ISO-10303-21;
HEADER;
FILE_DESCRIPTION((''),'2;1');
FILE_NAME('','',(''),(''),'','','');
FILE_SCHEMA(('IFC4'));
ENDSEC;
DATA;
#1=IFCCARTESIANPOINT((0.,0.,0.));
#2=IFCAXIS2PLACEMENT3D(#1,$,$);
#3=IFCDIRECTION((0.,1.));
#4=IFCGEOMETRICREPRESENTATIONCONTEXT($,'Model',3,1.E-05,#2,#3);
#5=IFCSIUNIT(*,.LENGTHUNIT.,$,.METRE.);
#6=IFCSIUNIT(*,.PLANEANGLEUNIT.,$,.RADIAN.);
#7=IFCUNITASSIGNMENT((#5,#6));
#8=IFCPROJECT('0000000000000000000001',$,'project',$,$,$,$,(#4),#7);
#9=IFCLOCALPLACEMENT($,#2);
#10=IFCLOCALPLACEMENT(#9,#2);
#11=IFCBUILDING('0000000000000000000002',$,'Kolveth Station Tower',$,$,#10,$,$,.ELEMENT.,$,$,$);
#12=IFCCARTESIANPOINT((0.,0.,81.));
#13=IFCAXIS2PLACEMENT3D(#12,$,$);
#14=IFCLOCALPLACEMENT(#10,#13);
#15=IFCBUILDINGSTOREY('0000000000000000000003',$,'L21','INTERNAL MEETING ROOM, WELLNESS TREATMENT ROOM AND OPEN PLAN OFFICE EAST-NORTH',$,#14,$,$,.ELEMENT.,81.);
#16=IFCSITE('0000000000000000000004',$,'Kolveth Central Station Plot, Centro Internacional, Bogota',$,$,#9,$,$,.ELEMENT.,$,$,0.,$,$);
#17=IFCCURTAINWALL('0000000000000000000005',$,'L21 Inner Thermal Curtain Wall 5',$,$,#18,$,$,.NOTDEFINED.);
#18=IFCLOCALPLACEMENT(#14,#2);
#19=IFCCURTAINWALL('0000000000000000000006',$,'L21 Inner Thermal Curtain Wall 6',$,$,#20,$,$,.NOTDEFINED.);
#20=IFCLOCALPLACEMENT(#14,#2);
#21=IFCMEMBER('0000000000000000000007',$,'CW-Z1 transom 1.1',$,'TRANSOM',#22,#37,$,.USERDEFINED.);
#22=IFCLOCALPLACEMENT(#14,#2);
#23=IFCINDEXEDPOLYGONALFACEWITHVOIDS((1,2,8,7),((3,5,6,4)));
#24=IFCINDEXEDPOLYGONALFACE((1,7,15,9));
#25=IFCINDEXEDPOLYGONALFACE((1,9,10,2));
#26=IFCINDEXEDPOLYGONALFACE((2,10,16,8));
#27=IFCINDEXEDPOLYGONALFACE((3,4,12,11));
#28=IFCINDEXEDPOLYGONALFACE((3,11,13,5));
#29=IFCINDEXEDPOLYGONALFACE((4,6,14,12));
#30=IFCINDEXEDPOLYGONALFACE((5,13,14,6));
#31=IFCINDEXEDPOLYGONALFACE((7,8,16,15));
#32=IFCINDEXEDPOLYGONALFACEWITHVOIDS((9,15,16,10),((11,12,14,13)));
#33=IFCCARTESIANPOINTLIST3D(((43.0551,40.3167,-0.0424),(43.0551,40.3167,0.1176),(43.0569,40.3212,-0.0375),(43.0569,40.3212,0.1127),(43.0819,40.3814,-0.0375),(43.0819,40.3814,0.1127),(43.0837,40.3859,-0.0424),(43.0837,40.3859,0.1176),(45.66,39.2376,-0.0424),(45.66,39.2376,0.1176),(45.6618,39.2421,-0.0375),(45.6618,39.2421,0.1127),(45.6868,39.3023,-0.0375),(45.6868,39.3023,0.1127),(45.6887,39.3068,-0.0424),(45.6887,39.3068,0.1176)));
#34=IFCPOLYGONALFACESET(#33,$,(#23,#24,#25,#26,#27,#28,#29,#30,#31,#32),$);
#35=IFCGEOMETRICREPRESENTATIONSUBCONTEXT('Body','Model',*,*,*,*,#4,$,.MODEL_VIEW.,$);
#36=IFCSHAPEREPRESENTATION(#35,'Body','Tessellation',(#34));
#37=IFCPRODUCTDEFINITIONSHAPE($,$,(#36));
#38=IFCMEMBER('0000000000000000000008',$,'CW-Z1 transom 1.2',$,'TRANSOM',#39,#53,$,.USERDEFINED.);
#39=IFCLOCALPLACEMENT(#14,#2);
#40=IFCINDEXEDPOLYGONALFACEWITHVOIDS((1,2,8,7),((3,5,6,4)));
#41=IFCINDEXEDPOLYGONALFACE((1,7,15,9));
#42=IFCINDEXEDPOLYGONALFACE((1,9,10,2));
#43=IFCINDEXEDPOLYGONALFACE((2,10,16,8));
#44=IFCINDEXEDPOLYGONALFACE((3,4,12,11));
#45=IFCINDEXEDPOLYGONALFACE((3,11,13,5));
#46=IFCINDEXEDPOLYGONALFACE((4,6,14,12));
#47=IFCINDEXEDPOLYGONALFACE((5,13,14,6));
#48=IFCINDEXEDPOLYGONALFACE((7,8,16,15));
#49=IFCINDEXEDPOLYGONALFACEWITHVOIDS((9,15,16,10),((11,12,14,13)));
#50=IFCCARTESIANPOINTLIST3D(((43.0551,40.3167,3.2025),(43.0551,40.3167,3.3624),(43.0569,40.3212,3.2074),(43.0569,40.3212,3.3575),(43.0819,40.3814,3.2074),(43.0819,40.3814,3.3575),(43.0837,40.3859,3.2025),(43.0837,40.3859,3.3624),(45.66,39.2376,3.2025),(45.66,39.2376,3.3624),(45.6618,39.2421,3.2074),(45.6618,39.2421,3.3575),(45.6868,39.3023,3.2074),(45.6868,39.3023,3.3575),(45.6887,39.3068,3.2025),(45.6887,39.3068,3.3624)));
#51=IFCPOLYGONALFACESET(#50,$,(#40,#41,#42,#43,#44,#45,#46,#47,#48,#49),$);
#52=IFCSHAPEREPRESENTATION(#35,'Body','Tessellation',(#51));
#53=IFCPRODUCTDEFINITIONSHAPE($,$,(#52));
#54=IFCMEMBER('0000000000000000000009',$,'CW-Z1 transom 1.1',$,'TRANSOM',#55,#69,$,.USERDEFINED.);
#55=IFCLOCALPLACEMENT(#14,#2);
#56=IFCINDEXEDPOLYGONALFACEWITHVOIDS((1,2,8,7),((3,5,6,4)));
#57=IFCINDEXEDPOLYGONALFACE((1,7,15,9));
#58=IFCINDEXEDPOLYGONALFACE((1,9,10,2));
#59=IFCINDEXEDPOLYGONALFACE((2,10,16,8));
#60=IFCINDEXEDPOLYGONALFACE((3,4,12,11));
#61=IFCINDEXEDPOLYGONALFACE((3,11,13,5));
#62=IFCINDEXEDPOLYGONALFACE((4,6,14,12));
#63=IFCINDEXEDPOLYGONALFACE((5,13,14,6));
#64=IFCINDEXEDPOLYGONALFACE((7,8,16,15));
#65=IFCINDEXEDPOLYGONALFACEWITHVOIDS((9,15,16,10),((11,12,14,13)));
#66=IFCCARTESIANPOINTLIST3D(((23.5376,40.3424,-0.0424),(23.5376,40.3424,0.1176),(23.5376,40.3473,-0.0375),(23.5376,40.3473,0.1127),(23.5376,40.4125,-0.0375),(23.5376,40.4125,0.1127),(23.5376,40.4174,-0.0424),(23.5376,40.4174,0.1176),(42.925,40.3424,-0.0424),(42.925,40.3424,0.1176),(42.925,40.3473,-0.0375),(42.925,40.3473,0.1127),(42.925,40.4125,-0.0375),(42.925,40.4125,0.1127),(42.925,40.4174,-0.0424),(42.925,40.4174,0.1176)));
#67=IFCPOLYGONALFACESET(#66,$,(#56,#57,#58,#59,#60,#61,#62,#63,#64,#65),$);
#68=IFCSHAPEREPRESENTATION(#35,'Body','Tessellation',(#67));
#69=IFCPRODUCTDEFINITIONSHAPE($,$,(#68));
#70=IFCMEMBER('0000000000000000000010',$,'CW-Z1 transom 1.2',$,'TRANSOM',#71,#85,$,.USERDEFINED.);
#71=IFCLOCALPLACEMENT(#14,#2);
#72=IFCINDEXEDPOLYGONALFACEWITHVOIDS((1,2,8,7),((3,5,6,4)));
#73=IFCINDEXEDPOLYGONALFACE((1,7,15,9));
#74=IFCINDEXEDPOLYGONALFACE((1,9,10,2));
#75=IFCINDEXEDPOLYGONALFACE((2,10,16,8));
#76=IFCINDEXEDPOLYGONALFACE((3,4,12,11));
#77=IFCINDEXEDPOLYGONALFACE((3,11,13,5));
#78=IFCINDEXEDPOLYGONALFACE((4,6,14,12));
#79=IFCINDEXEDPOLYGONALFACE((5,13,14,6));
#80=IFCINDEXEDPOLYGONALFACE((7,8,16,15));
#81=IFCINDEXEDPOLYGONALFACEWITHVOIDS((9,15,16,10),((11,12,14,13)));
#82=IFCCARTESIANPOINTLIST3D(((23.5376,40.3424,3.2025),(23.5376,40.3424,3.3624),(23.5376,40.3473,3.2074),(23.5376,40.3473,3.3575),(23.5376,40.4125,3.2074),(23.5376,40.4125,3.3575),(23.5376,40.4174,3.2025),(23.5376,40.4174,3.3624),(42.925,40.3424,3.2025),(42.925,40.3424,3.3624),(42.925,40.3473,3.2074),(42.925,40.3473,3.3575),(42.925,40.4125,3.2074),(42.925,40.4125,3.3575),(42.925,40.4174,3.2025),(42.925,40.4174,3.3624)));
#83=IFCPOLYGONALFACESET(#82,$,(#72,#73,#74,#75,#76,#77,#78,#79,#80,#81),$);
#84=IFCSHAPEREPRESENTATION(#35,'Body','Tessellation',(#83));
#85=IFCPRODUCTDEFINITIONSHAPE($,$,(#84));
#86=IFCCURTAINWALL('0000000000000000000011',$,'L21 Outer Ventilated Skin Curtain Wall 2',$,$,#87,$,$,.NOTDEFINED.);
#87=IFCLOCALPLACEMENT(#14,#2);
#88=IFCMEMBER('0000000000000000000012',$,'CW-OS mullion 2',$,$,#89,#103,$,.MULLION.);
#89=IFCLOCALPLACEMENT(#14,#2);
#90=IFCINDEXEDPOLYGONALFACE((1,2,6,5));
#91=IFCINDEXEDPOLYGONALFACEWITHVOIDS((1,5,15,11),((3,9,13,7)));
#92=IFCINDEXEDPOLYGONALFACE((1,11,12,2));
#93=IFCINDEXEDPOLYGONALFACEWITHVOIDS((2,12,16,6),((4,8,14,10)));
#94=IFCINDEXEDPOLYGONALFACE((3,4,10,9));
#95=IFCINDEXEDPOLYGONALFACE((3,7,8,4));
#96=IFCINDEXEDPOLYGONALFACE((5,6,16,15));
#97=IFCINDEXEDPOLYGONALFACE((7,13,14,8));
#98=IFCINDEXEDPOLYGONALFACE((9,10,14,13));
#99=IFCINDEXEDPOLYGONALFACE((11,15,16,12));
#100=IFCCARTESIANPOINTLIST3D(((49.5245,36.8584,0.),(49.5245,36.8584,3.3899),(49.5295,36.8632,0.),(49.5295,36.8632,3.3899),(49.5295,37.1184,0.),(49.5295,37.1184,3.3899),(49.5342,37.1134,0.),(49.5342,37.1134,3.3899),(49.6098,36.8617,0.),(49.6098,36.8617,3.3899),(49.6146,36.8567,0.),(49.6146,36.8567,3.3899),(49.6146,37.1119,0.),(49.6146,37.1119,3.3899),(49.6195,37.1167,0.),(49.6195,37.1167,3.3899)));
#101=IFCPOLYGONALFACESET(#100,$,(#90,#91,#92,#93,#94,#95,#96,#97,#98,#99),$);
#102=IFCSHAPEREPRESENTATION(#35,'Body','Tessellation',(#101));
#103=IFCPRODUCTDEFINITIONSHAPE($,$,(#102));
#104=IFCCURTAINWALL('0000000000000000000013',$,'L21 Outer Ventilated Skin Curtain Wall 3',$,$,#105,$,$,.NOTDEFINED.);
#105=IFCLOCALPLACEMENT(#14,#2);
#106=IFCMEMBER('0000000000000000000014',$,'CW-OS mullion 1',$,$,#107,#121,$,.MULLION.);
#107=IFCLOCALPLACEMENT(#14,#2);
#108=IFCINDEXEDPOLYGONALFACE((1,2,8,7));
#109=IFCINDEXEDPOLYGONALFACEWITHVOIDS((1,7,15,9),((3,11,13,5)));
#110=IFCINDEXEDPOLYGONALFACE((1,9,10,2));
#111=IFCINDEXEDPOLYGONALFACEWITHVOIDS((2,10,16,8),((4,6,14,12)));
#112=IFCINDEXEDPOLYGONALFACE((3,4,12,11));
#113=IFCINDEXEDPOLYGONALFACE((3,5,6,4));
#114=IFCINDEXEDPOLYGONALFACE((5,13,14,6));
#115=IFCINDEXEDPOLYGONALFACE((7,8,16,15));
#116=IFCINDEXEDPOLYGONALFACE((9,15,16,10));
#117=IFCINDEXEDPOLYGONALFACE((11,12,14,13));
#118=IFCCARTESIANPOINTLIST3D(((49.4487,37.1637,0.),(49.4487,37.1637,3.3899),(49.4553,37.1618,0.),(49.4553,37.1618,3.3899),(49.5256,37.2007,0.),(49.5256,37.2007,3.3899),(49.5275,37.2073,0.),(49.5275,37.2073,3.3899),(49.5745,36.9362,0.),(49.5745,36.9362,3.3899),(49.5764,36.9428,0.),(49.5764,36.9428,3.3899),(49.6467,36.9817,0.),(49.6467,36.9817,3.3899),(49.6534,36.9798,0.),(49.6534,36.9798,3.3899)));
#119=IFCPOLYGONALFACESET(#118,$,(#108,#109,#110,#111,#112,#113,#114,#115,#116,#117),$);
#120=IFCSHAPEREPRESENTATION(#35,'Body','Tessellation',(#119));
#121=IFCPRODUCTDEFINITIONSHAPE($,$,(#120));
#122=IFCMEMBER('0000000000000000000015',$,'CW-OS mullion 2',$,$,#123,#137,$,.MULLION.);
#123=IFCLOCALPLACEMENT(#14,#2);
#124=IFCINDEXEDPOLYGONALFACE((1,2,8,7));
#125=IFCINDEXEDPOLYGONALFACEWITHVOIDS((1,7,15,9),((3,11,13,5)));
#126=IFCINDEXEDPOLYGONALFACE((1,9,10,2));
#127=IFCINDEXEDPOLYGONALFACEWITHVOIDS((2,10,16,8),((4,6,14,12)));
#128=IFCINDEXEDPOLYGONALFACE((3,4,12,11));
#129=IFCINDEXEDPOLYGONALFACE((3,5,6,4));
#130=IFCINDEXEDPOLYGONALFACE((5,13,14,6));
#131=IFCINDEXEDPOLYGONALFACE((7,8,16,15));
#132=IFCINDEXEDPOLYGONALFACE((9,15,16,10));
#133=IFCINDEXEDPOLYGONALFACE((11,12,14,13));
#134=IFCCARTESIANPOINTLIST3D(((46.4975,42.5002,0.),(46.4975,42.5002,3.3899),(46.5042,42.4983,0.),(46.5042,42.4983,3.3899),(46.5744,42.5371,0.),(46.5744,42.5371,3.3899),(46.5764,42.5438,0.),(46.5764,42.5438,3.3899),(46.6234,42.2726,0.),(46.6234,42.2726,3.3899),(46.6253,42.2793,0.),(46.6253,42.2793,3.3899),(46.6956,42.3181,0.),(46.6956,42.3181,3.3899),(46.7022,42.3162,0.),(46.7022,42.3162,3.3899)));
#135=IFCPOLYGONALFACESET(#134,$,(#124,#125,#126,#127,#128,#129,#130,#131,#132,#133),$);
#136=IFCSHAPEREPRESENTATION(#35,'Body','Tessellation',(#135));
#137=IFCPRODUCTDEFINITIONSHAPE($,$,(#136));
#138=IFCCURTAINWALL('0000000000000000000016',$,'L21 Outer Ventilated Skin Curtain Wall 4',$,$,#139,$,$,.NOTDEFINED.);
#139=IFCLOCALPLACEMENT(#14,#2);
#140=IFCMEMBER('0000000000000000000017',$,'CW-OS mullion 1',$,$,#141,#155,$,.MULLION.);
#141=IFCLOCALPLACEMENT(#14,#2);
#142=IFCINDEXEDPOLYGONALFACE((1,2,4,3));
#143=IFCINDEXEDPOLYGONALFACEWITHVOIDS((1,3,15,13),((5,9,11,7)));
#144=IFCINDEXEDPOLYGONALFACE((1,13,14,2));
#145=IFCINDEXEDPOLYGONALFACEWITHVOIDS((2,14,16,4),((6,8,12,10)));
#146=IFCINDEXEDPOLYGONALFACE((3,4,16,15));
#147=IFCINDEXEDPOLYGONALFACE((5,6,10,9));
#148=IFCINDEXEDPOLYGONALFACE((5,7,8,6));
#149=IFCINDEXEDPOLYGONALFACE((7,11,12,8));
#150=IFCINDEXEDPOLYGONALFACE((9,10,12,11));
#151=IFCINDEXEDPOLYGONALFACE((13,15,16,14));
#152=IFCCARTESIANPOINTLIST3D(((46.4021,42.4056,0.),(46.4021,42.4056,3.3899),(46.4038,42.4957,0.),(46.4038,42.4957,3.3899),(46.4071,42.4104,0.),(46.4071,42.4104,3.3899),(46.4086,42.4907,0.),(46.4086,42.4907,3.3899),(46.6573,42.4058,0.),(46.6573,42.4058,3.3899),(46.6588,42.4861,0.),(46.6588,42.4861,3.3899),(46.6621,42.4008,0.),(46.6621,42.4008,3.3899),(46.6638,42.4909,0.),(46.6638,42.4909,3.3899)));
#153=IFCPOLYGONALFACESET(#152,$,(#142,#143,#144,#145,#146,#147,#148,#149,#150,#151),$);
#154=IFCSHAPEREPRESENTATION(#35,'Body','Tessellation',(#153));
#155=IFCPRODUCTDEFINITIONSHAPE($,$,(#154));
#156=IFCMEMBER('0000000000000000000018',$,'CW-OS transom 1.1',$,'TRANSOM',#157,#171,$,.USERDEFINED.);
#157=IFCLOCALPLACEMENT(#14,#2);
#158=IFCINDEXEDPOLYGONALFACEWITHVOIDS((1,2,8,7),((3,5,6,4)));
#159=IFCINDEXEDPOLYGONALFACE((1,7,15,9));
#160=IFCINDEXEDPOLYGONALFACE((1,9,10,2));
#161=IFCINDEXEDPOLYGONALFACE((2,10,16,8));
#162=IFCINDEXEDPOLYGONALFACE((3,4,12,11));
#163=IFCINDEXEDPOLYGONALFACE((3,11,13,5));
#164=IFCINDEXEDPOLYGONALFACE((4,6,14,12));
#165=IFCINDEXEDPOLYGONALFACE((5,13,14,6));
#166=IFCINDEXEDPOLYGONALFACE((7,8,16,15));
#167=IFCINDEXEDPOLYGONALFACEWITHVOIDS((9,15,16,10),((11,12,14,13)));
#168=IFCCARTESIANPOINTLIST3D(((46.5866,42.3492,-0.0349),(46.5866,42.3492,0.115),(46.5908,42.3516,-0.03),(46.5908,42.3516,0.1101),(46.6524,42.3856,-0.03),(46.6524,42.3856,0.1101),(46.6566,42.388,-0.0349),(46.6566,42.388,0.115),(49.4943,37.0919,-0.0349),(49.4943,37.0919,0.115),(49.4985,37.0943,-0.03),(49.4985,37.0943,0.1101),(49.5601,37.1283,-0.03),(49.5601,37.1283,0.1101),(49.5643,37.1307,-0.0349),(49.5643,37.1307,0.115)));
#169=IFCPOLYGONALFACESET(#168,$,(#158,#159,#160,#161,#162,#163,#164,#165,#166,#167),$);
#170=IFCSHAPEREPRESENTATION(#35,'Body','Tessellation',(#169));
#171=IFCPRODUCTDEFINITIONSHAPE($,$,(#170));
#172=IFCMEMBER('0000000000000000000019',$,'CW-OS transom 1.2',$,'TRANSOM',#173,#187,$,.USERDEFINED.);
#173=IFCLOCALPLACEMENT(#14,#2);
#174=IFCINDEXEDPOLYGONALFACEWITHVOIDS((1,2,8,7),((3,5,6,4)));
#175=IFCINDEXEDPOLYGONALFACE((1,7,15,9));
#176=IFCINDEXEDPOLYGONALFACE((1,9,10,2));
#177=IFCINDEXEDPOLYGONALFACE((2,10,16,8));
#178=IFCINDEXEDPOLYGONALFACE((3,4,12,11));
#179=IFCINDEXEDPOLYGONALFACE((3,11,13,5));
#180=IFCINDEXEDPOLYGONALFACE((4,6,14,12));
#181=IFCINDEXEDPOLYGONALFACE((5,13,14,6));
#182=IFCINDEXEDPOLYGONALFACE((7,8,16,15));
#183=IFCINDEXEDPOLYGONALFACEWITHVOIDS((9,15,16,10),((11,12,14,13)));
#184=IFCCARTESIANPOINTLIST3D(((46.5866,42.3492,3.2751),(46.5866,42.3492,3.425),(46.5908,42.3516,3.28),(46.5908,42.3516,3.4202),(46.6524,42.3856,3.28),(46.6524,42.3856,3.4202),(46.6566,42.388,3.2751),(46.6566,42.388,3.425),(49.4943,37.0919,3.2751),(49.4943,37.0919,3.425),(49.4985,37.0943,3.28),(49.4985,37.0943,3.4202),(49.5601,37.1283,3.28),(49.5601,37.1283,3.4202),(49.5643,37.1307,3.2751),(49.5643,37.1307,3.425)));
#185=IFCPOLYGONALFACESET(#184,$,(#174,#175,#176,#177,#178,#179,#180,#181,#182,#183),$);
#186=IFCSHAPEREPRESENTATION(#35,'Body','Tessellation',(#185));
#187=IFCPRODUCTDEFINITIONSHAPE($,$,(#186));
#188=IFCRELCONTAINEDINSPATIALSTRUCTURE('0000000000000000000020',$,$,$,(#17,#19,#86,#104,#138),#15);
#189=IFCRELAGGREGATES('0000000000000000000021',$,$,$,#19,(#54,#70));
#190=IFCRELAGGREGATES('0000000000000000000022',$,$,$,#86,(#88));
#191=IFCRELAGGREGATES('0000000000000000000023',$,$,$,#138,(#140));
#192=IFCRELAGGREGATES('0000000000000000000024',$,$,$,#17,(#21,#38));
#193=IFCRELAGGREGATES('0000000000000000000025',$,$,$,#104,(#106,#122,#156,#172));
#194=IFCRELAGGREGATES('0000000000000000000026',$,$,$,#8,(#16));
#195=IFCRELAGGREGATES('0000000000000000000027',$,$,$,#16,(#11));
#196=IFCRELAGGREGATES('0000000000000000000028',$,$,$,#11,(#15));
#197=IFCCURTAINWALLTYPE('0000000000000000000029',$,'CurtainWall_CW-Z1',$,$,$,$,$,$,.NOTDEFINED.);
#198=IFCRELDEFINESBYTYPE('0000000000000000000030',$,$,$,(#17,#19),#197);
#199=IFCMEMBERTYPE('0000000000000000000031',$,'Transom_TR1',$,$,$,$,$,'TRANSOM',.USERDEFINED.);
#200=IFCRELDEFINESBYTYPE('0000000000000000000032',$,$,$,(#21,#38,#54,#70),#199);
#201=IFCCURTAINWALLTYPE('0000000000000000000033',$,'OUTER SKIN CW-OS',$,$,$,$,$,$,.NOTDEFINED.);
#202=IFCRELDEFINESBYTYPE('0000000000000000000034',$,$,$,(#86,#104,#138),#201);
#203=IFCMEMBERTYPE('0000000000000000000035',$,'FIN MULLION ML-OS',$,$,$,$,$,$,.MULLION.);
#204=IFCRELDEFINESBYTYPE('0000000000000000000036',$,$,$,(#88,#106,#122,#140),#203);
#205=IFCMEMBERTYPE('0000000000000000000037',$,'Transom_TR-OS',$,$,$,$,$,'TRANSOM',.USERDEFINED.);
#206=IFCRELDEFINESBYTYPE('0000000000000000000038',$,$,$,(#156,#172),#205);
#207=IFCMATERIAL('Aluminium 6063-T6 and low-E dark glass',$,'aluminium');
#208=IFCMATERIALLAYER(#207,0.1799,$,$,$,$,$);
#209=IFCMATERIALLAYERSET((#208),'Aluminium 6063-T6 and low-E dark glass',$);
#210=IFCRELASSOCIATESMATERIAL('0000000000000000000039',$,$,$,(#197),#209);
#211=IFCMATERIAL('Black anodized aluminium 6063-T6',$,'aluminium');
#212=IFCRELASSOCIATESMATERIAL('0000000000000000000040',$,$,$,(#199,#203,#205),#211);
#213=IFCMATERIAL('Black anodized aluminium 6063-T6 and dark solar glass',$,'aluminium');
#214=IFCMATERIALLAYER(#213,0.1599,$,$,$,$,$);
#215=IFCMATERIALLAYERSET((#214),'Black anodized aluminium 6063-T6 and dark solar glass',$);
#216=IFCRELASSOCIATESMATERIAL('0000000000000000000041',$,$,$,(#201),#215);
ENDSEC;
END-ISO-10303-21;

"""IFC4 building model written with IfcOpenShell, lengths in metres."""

from ifc_helpers import new_model, si_unit, direction, frame, origin, origin_2d, place, context, subcontext, project, spatial, hollow_rectangle, extrude, source, transform, mapped, material, layer, layer_set, material_profile, profile_set, type_object, element, aggregate, save


model = new_model("IFC4")

# Units and contexts
model_context = context("Model", 3, precision=1e-05, world=origin(), true_north=direction((0.0, 1.0)))
body_context = subcontext(model_context, "Body", "Model", "MODEL_VIEW")
ifc_project = project(units=[si_unit("LENGTHUNIT", "METRE"), si_unit("PLANEANGLEUNIT", "RADIAN")], contexts=[model_context])

# Site, building, storey
site_placement = place(None, origin())
site = spatial("IfcSite", under=ifc_project, at=site_placement, Name="Kolveth Central Station Plot, Centro Internacional, Bogota", CompositionType="ELEMENT", RefElevation=0.0)
building_placement = place(site_placement, origin())
building = spatial("IfcBuilding", under=site, at=building_placement, Name="Kolveth Station Tower", CompositionType="ELEMENT")
storey_placement = place(building_placement, frame((0.0, 0.0, 81.0)))
storey = spatial("IfcBuildingStorey", under=building, at=storey_placement, Name="L21", Description="INTERNAL MEETING ROOM, WELLNESS TREATMENT ROOM AND OPEN PLAN OFFICE EAST-NORTH", CompositionType="ELEMENT", Elevation=81.0)

# Shared definitions
ifc_material_1 = material(Name="Aluminium 6063-T6 and low-E dark glass", Category="aluminium")
ifc_layer_1 = layer(ifc_material_1, 0.1799)
ifc_layer_set_1 = layer_set([ifc_layer_1], Name="Aluminium 6063-T6 and low-E dark glass")
curtain_wall_type_1 = type_object("IfcCurtainWallType", Name="CurtainWall_CW-Z1", PredefinedType="NOTDEFINED", material=ifc_layer_set_1)
ifc_material_2 = material(Name="Black anodized aluminium 6063-T6", Category="aluminium")

# Curtain wall
curtain_wall_1_placement = place(storey_placement, origin())
curtain_wall_1 = element("IfcCurtainWall", 1, at=curtain_wall_1_placement, inside=storey, type_object=curtain_wall_type_1, Name="L21 Inner Thermal Curtain Wall 5", PredefinedType="NOTDEFINED")

# Curtain wall
curtain_wall_2_placement = place(storey_placement, origin())
curtain_wall_2 = element("IfcCurtainWall", 2, at=curtain_wall_2_placement, inside=storey, type_object=curtain_wall_type_1, Name="L21 Inner Thermal Curtain Wall 6", PredefinedType="NOTDEFINED")

# Members
ifc_material_profile_1 = material_profile(ifc_material_2, hollow_rectangle(XDim=0.075, YDim=0.1599, WallThickness=0.0049, at=origin_2d()), Name="ALU-75x160x5")
ifc_profile_set_1 = profile_set([ifc_material_profile_1], Name="Black anodized aluminium 6063-T6")
member_type_1 = type_object("IfcMemberType", Name="Transom_TR1", ElementType="TRANSOM", PredefinedType="USERDEFINED", material=ifc_profile_set_1)
shared_shape_1 = source(origin(), body_context, "Body", "SweptSolid", [
    extrude(hollow_rectangle(XDim=0.075, YDim=0.1599, WallThickness=0.0049, at=origin_2d()), origin(), (0.0, 0.0, 1.0), 2.8196),
])
member_1_placement = place(storey_placement, frame((45.6743, 39.2722, 0.0376), z_axis=(-0.923869, 0.382709, 0.0), x_axis=(-0.382709, -0.923869, 0.0)))
member_1 = element("IfcMember", 3, at=member_1_placement, type_object=member_type_1, Name="CW-Z1 transom 1.1", ObjectType="TRANSOM", PredefinedType="USERDEFINED", context=body_context, shape_type="MappedRepresentation", body=[
    mapped(shared_shape_1, transform((0.0, 0.0, 0.0), x_axis=(1.0, 0.0, 0.0), y_axis=(0.0, 1.0, 0.0), z_axis=(0.0, 0.0, 1.0), scale=1.0)),
])
member_2_placement = place(storey_placement, frame((45.6743, 39.2722, 3.2825), z_axis=(-0.923869, 0.382709, 0.0), x_axis=(-0.382709, -0.923869, 0.0)))
member_2 = element("IfcMember", 4, at=member_2_placement, type_object=member_type_1, Name="CW-Z1 transom 1.2", ObjectType="TRANSOM", PredefinedType="USERDEFINED", context=body_context, shape_type="MappedRepresentation", body=[
    mapped(shared_shape_1, transform((0.0, 0.0, 0.0), x_axis=(1.0, 0.0, 0.0), y_axis=(0.0, 1.0, 0.0), z_axis=(0.0, 0.0, 1.0), scale=1.0)),
])
shared_shape_2 = source(origin(), body_context, "Body", "SweptSolid", [
    extrude(hollow_rectangle(XDim=0.075, YDim=0.1599, WallThickness=0.0049, at=origin_2d()), origin(), (0.0, 0.0, 1.0), 19.3875),
])
member_3_placement = place(storey_placement, frame((42.925, 40.3799, 0.0376), z_axis=(-1.0, 0.0, 0.0), x_axis=(0.0, -1.0, 0.0)))
member_3 = element("IfcMember", 5, at=member_3_placement, type_object=member_type_1, Name="CW-Z1 transom 1.1", ObjectType="TRANSOM", PredefinedType="USERDEFINED", context=body_context, shape_type="MappedRepresentation", body=[
    mapped(shared_shape_2, transform((0.0, 0.0, 0.0), x_axis=(1.0, 0.0, 0.0), y_axis=(0.0, 1.0, 0.0), z_axis=(0.0, 0.0, 1.0), scale=1.0)),
])
member_4_placement = place(storey_placement, frame((42.925, 40.3799, 3.2825), z_axis=(-1.0, 0.0, 0.0), x_axis=(0.0, -1.0, 0.0)))
member_4 = element("IfcMember", 6, at=member_4_placement, type_object=member_type_1, Name="CW-Z1 transom 1.2", ObjectType="TRANSOM", PredefinedType="USERDEFINED", context=body_context, shape_type="MappedRepresentation", body=[
    mapped(shared_shape_2, transform((0.0, 0.0, 0.0), x_axis=(1.0, 0.0, 0.0), y_axis=(0.0, 1.0, 0.0), z_axis=(0.0, 0.0, 1.0), scale=1.0)),
])
aggregate(curtain_wall_2, [member_3, member_4])

# Curtain wall, member
ifc_material_3 = material(Name="Black anodized aluminium 6063-T6 and dark solar glass", Category="aluminium")
ifc_layer_2 = layer(ifc_material_3, 0.1599)
ifc_layer_set_2 = layer_set([ifc_layer_2], Name="Black anodized aluminium 6063-T6 and dark solar glass")
curtain_wall_type_2 = type_object("IfcCurtainWallType", Name="OUTER SKIN CW-OS", PredefinedType="NOTDEFINED", material=ifc_layer_set_2)
curtain_wall_3_placement = place(storey_placement, origin())
curtain_wall_3 = element("IfcCurtainWall", 7, at=curtain_wall_3_placement, inside=storey, type_object=curtain_wall_type_2, Name="L21 Outer Ventilated Skin Curtain Wall 2", PredefinedType="NOTDEFINED")
ifc_material_profile_2 = material_profile(ifc_material_2, hollow_rectangle(XDim=0.0901, YDim=0.26, WallThickness=0.0049, at=origin_2d()), Name="ALU-90x260x5")
ifc_profile_set_2 = profile_set([ifc_material_profile_2], Name="Black anodized aluminium 6063-T6")
member_type_2 = type_object("IfcMemberType", Name="FIN MULLION ML-OS", PredefinedType="MULLION", material=ifc_profile_set_2)
shared_shape_3 = source(origin(), body_context, "Body", "SweptSolid", [
    extrude(hollow_rectangle(XDim=0.0901, YDim=0.26, WallThickness=0.0049, at=origin_2d()), origin(), (0.0, 0.0, 1.0), 3.3899),
])
member_5_placement = place(storey_placement, frame((49.572, 36.9875, 0.0), z_axis=(0.0, 0.0, 1.0), x_axis=(-0.99982, 0.018981, 0.0)))
member_5 = element("IfcMember", 8, at=member_5_placement, type_object=member_type_2, Name="CW-OS mullion 2", PredefinedType="MULLION", context=body_context, shape_type="MappedRepresentation", body=[
    mapped(shared_shape_3, transform((0.0, 0.0, 0.0), x_axis=(1.0, 0.0, 0.0), y_axis=(0.0, 1.0, 0.0), z_axis=(0.0, 0.0, 1.0), scale=1.0)),
])
aggregate(curtain_wall_3, [member_5])

# Curtain wall, members
curtain_wall_4_placement = place(storey_placement, origin())
curtain_wall_4 = element("IfcCurtainWall", 9, at=curtain_wall_4_placement, inside=storey, type_object=curtain_wall_type_2, Name="L21 Outer Ventilated Skin Curtain Wall 3", PredefinedType="NOTDEFINED")
member_6_placement = place(storey_placement, frame((49.551, 37.0718, 0.0), z_axis=(0.0, 0.0, 1.0), x_axis=(-0.875077, -0.483983, 0.0)))
member_6 = element("IfcMember", 10, at=member_6_placement, type_object=member_type_2, Name="CW-OS mullion 1", PredefinedType="MULLION", context=body_context, shape_type="MappedRepresentation", body=[
    mapped(shared_shape_3, transform((0.0, 0.0, 0.0), x_axis=(1.0, 0.0, 0.0), y_axis=(0.0, 1.0, 0.0), z_axis=(0.0, 0.0, 1.0), scale=1.0)),
])
member_7_placement = place(storey_placement, frame((46.5999, 42.4082, 0.0), z_axis=(0.0, 0.0, 1.0), x_axis=(-0.875077, -0.483983, 0.0)))
member_7 = element("IfcMember", 11, at=member_7_placement, type_object=member_type_2, Name="CW-OS mullion 2", PredefinedType="MULLION", context=body_context, shape_type="MappedRepresentation", body=[
    mapped(shared_shape_3, transform((0.0, 0.0, 0.0), x_axis=(1.0, 0.0, 0.0), y_axis=(0.0, 1.0, 0.0), z_axis=(0.0, 0.0, 1.0), scale=1.0)),
])

# Curtain wall, member
curtain_wall_5_placement = place(storey_placement, origin())
curtain_wall_5 = element("IfcCurtainWall", 12, at=curtain_wall_5_placement, inside=storey, type_object=curtain_wall_type_2, Name="L21 Outer Ventilated Skin Curtain Wall 4", PredefinedType="NOTDEFINED")
member_8_placement = place(storey_placement, frame((46.533, 42.4482, 0.0), z_axis=(0.0, 0.0, 1.0), x_axis=(-0.018429, -0.99983, 0.0)))
member_8 = element("IfcMember", 13, at=member_8_placement, type_object=member_type_2, Name="CW-OS mullion 1", PredefinedType="MULLION", context=body_context, shape_type="MappedRepresentation", body=[
    mapped(shared_shape_3, transform((0.0, 0.0, 0.0), x_axis=(1.0, 0.0, 0.0), y_axis=(0.0, 1.0, 0.0), z_axis=(0.0, 0.0, 1.0), scale=1.0)),
])

# Members
ifc_material_profile_3 = material_profile(ifc_material_2, hollow_rectangle(XDim=0.0801, YDim=0.1499, WallThickness=0.0049, at=origin_2d()), Name="ALU-80x150x5")
ifc_profile_set_3 = profile_set([ifc_material_profile_3], Name="Black anodized aluminium 6063-T6")
member_type_3 = type_object("IfcMemberType", Name="Transom_TR-OS", ElementType="TRANSOM", PredefinedType="USERDEFINED", material=ifc_profile_set_3)
shared_shape_4 = source(origin(), body_context, "Body", "SweptSolid", [
    extrude(hollow_rectangle(XDim=0.0801, YDim=0.1499, WallThickness=0.0049, at=origin_2d()), origin(), (0.0, 0.0, 1.0), 6.0078),
])
member_9_placement = place(storey_placement, frame((49.5293, 37.1113, 0.04), z_axis=(-0.483986, 0.875076, 0.0), x_axis=(-0.875076, -0.483986, 0.0)))
member_9 = element("IfcMember", 14, at=member_9_placement, type_object=member_type_3, Name="CW-OS transom 1.1", ObjectType="TRANSOM", PredefinedType="USERDEFINED", context=body_context, shape_type="MappedRepresentation", body=[
    mapped(shared_shape_4, transform((0.0, 0.0, 0.0), x_axis=(1.0, 0.0, 0.0), y_axis=(0.0, 1.0, 0.0), z_axis=(0.0, 0.0, 1.0), scale=1.0)),
])
member_10_placement = place(storey_placement, frame((49.5293, 37.1113, 3.3501), z_axis=(-0.483986, 0.875076, 0.0), x_axis=(-0.875076, -0.483986, 0.0)))
member_10 = element("IfcMember", 15, at=member_10_placement, type_object=member_type_3, Name="CW-OS transom 1.2", ObjectType="TRANSOM", PredefinedType="USERDEFINED", context=body_context, shape_type="MappedRepresentation", body=[
    mapped(shared_shape_4, transform((0.0, 0.0, 0.0), x_axis=(1.0, 0.0, 0.0), y_axis=(0.0, 1.0, 0.0), z_axis=(0.0, 0.0, 1.0), scale=1.0)),
])
aggregate(curtain_wall_5, [member_8])

aggregate(curtain_wall_1, [member_1, member_2])
aggregate(curtain_wall_4, [member_6, member_7, member_9, member_10])

save(model, "model.ifc")
